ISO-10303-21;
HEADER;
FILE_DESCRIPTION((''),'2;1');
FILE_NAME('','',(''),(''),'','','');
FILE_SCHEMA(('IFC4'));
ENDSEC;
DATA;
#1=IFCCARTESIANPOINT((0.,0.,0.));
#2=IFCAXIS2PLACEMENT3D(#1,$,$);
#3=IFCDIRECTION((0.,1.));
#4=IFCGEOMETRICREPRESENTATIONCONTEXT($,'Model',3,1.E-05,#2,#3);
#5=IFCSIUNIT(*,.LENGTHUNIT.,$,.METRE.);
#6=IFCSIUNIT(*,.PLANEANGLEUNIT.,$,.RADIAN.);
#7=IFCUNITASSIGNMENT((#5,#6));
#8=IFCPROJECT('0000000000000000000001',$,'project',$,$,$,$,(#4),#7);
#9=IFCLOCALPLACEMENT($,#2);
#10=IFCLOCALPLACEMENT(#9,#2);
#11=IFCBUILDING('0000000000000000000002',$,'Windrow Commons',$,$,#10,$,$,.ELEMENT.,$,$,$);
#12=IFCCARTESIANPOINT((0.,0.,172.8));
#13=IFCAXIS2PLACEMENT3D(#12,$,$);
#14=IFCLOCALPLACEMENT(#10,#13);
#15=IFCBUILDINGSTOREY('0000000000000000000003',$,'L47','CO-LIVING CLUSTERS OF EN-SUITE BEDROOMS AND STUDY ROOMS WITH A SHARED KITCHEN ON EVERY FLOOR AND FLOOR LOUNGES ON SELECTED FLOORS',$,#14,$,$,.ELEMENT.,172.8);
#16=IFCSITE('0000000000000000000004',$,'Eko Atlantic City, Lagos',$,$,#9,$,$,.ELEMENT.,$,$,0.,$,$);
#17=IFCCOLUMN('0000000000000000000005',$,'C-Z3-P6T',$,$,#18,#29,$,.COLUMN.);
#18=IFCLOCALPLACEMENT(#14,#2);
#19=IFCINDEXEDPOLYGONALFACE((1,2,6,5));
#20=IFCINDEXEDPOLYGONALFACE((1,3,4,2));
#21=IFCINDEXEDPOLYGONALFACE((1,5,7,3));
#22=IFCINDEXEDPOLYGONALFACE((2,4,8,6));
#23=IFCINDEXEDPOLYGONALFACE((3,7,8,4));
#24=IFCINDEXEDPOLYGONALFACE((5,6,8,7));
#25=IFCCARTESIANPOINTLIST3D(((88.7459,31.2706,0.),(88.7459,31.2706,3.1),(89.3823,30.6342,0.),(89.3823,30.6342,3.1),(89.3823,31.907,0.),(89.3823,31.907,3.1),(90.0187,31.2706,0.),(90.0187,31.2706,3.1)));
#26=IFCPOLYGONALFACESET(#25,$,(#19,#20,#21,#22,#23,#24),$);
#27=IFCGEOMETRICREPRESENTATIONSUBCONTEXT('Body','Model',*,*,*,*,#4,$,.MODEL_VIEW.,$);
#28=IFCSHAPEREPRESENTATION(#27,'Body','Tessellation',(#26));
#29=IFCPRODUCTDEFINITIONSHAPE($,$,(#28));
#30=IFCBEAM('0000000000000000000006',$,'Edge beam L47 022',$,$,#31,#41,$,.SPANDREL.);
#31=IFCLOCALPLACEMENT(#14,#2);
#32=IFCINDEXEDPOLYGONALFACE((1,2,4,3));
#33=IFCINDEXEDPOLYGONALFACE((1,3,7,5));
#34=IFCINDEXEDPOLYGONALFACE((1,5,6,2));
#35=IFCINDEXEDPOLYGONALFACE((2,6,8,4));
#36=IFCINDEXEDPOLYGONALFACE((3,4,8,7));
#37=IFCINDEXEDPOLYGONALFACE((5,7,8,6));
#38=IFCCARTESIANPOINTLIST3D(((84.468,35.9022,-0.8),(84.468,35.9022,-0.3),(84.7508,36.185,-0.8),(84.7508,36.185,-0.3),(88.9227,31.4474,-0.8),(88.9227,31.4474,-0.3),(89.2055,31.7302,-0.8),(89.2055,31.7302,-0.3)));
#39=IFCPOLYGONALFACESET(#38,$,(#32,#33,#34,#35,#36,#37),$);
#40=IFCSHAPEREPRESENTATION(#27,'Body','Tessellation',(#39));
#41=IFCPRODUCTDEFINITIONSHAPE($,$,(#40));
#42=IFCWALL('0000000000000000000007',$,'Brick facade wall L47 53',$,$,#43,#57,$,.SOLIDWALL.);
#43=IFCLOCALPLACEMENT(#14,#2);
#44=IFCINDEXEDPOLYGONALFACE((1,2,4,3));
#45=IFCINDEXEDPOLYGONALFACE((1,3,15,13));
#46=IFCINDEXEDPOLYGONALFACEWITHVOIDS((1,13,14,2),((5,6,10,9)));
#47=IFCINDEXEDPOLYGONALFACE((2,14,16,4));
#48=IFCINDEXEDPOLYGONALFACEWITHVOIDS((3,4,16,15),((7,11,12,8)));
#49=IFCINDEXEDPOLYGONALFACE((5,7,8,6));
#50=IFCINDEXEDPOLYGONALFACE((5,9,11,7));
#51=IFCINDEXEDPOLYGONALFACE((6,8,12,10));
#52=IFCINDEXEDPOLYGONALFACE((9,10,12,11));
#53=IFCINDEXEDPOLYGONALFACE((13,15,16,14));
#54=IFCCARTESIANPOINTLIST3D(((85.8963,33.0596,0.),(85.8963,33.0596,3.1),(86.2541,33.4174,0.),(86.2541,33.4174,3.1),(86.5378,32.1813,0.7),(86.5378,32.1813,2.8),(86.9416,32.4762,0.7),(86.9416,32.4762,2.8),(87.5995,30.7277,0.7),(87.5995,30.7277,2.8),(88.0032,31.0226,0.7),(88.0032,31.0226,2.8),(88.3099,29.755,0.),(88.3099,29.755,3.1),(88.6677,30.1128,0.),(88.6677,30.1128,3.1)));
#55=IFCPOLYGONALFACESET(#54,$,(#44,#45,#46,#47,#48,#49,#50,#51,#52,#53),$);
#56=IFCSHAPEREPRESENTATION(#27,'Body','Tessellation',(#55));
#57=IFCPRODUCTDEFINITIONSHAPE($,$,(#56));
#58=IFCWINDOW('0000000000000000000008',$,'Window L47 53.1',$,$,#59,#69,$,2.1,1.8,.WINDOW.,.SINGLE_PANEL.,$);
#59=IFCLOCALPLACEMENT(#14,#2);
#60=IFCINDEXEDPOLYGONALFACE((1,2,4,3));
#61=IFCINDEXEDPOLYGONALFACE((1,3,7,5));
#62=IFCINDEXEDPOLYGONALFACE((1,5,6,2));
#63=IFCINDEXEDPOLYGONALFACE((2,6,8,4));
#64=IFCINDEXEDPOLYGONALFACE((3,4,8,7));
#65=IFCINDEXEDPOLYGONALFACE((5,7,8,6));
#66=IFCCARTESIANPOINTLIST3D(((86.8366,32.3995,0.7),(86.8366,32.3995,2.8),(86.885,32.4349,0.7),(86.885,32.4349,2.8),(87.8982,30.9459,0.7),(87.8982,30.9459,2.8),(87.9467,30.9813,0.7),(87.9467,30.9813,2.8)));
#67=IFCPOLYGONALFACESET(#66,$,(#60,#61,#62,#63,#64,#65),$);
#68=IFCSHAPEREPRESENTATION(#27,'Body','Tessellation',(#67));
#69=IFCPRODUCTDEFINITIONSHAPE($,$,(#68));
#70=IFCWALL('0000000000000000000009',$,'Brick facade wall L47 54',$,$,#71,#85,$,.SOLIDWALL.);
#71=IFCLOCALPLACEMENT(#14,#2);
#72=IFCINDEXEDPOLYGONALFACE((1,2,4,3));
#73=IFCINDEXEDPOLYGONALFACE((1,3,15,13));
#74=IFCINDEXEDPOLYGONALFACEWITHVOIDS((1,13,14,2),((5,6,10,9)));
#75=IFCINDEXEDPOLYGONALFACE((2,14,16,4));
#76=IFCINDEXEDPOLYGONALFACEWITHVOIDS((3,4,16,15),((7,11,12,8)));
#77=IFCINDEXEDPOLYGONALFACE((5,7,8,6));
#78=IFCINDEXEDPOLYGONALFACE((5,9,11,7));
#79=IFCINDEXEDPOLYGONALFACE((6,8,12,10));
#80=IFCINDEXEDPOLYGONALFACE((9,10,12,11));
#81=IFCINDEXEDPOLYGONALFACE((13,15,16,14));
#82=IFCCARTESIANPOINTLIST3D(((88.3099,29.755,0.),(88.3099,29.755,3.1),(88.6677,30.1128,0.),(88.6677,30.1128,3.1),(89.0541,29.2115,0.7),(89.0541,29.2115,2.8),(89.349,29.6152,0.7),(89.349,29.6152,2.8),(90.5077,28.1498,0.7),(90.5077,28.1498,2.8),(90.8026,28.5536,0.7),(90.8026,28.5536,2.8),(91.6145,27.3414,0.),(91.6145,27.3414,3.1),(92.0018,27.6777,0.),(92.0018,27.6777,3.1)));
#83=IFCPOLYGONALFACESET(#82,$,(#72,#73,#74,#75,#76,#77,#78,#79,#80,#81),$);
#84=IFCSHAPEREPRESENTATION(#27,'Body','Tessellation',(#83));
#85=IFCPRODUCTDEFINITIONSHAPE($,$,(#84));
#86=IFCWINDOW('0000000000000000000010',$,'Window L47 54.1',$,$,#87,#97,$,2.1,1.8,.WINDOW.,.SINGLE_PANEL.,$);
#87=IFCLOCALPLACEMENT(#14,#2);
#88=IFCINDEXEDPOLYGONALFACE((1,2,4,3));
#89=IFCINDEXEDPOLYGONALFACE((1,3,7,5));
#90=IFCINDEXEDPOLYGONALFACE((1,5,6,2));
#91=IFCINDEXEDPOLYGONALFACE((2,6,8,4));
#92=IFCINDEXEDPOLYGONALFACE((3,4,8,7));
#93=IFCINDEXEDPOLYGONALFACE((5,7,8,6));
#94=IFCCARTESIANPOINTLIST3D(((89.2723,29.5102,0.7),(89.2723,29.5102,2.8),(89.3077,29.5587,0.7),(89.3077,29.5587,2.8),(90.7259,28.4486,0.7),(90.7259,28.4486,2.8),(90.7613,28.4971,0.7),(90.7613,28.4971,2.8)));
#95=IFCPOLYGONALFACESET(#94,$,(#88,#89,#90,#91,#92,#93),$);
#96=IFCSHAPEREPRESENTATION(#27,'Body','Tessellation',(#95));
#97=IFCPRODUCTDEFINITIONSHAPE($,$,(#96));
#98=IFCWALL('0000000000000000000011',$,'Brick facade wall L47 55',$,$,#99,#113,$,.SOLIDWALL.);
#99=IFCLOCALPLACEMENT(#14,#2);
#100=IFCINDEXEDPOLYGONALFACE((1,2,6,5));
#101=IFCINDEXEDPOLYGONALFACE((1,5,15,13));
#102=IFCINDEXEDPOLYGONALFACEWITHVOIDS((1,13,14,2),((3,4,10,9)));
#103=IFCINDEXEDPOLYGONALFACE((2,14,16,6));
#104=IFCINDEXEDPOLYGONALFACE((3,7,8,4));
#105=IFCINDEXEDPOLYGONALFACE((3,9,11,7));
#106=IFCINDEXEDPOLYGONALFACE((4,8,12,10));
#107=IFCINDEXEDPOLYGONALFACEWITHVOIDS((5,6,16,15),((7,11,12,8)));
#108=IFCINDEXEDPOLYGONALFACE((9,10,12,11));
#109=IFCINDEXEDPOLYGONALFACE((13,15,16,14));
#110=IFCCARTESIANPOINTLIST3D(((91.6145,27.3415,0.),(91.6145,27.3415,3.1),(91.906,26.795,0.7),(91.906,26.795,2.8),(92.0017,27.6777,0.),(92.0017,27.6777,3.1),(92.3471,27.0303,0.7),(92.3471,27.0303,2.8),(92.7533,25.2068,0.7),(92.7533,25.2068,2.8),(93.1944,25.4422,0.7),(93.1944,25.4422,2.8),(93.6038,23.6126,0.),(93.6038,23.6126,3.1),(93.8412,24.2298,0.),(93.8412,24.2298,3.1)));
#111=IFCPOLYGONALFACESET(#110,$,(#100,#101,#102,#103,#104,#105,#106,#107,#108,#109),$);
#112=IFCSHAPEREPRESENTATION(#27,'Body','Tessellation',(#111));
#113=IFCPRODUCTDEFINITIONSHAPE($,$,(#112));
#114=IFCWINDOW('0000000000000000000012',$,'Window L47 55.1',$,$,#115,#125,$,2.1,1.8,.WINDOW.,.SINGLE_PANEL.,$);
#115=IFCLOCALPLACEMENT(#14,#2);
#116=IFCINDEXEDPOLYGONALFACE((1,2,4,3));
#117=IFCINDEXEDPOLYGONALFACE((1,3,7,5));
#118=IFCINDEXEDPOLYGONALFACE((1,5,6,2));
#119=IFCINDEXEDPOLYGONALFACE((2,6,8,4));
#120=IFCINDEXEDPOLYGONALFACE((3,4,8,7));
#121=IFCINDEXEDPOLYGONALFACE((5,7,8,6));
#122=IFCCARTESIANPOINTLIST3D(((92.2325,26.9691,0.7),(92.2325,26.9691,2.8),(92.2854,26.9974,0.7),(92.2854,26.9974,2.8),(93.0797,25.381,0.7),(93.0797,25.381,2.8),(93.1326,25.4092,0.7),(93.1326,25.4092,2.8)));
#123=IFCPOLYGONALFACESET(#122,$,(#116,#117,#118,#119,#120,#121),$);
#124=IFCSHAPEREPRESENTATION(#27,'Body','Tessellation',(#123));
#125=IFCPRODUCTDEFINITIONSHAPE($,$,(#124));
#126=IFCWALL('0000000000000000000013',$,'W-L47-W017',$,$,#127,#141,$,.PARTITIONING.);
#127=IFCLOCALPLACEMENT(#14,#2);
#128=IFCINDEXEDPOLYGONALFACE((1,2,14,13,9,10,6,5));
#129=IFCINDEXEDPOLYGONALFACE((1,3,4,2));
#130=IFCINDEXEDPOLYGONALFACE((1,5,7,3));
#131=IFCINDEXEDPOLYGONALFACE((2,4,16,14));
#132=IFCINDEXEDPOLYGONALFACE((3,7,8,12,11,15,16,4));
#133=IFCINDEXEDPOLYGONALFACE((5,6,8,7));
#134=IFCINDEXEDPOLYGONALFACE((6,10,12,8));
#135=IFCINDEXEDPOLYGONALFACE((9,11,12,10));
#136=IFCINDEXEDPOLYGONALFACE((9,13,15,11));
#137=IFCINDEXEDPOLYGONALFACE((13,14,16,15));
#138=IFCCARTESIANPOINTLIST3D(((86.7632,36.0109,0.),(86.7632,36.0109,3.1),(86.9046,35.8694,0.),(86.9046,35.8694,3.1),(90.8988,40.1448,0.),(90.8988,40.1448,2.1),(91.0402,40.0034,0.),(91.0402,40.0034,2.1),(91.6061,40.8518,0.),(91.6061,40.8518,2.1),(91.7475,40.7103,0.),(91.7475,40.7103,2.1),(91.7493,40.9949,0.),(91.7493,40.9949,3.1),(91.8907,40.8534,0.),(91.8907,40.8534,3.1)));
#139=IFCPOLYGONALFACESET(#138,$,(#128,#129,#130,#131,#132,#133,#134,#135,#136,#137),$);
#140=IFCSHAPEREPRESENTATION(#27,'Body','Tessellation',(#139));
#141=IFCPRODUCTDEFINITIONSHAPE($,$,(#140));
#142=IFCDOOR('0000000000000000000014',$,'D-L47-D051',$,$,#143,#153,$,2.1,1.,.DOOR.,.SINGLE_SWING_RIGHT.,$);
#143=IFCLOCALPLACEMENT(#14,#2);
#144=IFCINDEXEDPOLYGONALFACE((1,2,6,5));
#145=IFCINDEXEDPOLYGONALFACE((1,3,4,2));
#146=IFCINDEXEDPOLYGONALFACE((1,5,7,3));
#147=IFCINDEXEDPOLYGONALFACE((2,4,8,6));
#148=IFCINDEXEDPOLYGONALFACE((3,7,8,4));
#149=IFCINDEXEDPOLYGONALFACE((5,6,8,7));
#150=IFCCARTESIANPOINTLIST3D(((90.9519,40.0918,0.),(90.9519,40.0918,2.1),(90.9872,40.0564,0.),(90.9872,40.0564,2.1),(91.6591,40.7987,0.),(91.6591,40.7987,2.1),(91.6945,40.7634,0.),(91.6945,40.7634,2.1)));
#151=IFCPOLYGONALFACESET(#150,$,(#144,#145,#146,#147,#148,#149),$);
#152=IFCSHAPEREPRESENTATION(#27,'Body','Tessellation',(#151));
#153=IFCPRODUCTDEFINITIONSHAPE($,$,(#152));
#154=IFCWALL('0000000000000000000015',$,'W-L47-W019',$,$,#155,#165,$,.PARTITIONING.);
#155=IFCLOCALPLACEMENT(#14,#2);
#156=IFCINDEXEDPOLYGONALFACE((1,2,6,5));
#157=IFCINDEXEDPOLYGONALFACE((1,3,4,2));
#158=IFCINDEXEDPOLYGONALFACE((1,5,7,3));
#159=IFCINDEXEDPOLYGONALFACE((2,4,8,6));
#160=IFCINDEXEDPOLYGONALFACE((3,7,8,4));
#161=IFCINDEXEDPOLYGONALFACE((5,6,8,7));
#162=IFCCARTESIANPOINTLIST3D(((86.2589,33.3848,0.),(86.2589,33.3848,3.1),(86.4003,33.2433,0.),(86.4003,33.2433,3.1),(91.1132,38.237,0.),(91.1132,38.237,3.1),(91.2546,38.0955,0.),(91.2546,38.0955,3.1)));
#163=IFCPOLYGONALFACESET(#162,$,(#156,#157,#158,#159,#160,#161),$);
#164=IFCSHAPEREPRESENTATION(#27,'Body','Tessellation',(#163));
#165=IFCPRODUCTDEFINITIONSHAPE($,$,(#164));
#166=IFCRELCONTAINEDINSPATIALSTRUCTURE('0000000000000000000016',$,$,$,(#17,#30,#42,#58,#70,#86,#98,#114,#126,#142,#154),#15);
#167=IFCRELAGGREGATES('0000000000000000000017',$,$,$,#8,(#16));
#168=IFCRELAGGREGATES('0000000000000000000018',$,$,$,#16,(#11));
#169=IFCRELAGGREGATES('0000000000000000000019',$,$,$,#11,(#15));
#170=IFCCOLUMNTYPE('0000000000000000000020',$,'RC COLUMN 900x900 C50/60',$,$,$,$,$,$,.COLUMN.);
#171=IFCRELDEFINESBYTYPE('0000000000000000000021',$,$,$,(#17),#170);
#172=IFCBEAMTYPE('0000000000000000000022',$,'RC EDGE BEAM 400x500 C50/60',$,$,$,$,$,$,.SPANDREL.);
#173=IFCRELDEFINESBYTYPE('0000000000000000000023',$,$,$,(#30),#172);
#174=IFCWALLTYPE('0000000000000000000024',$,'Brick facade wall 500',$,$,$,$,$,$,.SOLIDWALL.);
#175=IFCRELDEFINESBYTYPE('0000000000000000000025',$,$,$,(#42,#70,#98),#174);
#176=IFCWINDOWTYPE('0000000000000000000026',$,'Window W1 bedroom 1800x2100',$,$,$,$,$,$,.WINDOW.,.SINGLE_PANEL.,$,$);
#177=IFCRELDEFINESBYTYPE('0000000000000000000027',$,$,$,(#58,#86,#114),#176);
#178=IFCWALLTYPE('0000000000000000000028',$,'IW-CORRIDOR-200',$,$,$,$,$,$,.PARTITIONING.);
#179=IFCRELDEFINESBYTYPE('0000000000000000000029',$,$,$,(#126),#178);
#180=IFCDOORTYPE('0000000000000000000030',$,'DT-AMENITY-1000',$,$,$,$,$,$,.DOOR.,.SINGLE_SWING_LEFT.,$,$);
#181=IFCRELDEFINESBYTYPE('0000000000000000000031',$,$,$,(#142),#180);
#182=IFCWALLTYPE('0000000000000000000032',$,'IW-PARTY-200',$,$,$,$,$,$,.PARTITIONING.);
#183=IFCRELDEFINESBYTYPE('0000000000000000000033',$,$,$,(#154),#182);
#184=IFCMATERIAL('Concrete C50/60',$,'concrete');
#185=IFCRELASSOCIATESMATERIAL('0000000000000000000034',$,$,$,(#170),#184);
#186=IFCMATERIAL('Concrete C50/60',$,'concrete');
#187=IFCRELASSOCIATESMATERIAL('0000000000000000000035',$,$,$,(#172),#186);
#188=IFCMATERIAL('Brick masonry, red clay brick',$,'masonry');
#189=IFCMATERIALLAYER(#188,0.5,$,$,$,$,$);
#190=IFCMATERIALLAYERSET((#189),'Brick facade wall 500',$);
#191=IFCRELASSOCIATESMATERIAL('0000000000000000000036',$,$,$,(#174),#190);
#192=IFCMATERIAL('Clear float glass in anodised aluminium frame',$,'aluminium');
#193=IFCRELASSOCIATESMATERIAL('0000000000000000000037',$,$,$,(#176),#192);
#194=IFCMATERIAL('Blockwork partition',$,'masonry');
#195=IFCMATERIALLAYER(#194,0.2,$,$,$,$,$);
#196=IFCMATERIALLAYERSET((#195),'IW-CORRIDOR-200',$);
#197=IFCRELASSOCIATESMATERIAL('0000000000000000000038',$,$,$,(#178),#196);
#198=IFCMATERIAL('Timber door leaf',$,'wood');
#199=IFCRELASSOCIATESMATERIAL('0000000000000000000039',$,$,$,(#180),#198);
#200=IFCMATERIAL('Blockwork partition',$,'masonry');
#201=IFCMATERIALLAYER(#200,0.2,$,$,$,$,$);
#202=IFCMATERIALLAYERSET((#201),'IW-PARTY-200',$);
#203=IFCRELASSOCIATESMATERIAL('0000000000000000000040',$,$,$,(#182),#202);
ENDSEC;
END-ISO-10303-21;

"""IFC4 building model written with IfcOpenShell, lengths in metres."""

from ifc_helpers import new_model, si_unit, direction, frame, frame_2d, origin, origin_2d, place, context, subcontext, project, spatial, polyline, rectangle, outline, extrude, material, layer, layer_set, material_profile, profile_set, type_object, element, fill, save


model = new_model("IFC4")

# Units and contexts
model_context = context("Model", 3, precision=1e-05, world=origin(), true_north=direction((0.0, 1.0)))
body_context = subcontext(model_context, "Body", "Model", "MODEL_VIEW")
ifc_project = project(units=[si_unit("LENGTHUNIT", "METRE"), si_unit("PLANEANGLEUNIT", "RADIAN")], contexts=[model_context])

# Site, building, storey
site_placement = place(None, origin())
site = spatial("IfcSite", under=ifc_project, at=site_placement, Name="Eko Atlantic City, Lagos", CompositionType="ELEMENT", RefElevation=0.0)
building_placement = place(site_placement, origin())
building = spatial("IfcBuilding", under=site, at=building_placement, Name="Windrow Commons", CompositionType="ELEMENT")
storey_placement = place(building_placement, frame((0.0, 0.0, 172.8)))
storey = spatial("IfcBuildingStorey", under=building, at=storey_placement, Name="L47", Description="CO-LIVING CLUSTERS OF EN-SUITE BEDROOMS AND STUDY ROOMS WITH A SHARED KITCHEN ON EVERY FLOOR AND FLOOR LOUNGES ON SELECTED FLOORS", CompositionType="ELEMENT", Elevation=172.8)

# Column
ifc_material_1 = material(Name="Concrete C50/60", Category="concrete")
ifc_material_profile_1 = material_profile(ifc_material_1, rectangle(XDim=0.9, YDim=0.9, at=origin_2d()))
ifc_profile_set_1 = profile_set([ifc_material_profile_1], Name="Concrete C50/60")
column_type = type_object("IfcColumnType", Name="RC COLUMN 900x900 C50/60", PredefinedType="COLUMN", material=ifc_profile_set_1)
column_placement = place(storey_placement, frame((89.3823, 31.2706, 0.0), z_axis=(0.0, 0.0, 1.0), x_axis=(0.707107, -0.707107, 0.0)))
element("IfcColumn", 1, at=column_placement, inside=storey, type_object=column_type, Name="C-Z3-P6T", PredefinedType="COLUMN", context=body_context, shape_type="SweptSolid", body=[
    extrude(rectangle(XDim=0.9, YDim=0.9, at=origin_2d()), origin(), (0.0, 0.0, 1.0), 3.1),
])

# Beam
ifc_material_2 = material(Name="Concrete C50/60", Category="concrete")
ifc_material_profile_2 = material_profile(ifc_material_2, rectangle(XDim=0.4, YDim=0.5, at=origin_2d()))
ifc_profile_set_2 = profile_set([ifc_material_profile_2], Name="Concrete C50/60")
beam_type = type_object("IfcBeamType", Name="RC EDGE BEAM 400x500 C50/60", PredefinedType="SPANDREL", material=ifc_profile_set_2)
beam_placement = place(storey_placement, frame((89.0641, 31.5888, -0.55), z_axis=(-0.707099, 0.707115, 0.0), x_axis=(-0.707115, -0.707099, 0.0)))
element("IfcBeam", 2, at=beam_placement, inside=storey, type_object=beam_type, Name="Edge beam L47 022", PredefinedType="SPANDREL", context=body_context, shape_type="SweptSolid", body=[
    extrude(rectangle(XDim=0.4, YDim=0.5, at=origin_2d()), origin(), (0.0, 0.0, 1.0), 6.3),
])

# Walls, openings, windows
ifc_material_3 = material(Name="Brick masonry, red clay brick", Category="masonry")
ifc_layer_1 = layer(ifc_material_3, 0.5)
ifc_layer_set_1 = layer_set([ifc_layer_1], Name="Brick facade wall 500")
wall_type_1 = type_object("IfcWallType", Name="Brick facade wall 500", PredefinedType="SOLIDWALL", material=ifc_layer_set_1)
wall_1_placement = place(storey_placement, frame((86.0752, 33.2385, 0.0), z_axis=(0.0, 0.0, 1.0), x_axis=(0.589809, -0.807542, 0.0)))
wall_1 = element("IfcWall", 3, at=wall_1_placement, inside=storey, type_object=wall_type_1, Name="Brick facade wall L47 53", PredefinedType="SOLIDWALL", context=body_context, shape_type="SweptSolid", body=[
    extrude(outline(polyline([(0.039, -0.25), (4.1311, -0.25), (4.0532, 0.25), (-0.039, 0.25), (0.039, -0.25)])), origin(), (0.0, 0.0, 1.0), 3.1),
])
opening_1_placement = place(wall_1_placement, frame((1.1266, 0.0, 0.7)))
opening_1 = element("IfcOpeningElement", 4, at=opening_1_placement, cuts=wall_1, PredefinedType="OPENING", context=body_context, shape_type="SweptSolid", body=[
    extrude(rectangle(XDim=1.8, YDim=2.1, at=frame_2d((0.9, 1.05))), frame((0.0, 0.26, 0.0), z_axis=(0.0, -1.0, 0.0), x_axis=(1.0, 0.0, 0.0)), (0.0, 0.0, 1.0), 0.52),
])
ifc_material_4 = material(Name="Clear float glass in anodised aluminium frame", Category="aluminium")
window_type = type_object("IfcWindowType", Name="Window W1 bedroom 1800x2100", PartitioningType="SINGLE_PANEL", PredefinedType="WINDOW", material=ifc_material_4)
window_1_placement = place(opening_1_placement, origin())
window_1 = element("IfcWindow", 5, at=window_1_placement, inside=storey, type_object=window_type, Name="Window L47 53.1", OverallHeight=2.1, OverallWidth=1.8, PartitioningType="SINGLE_PANEL", PredefinedType="WINDOW", context=body_context, shape_type="SweptSolid", body=[
    extrude(rectangle(XDim=1.8, YDim=2.1, at=frame_2d((0.9, 1.05))), frame((0.0, 0.18, 0.0), z_axis=(0.0, -1.0, 0.0), x_axis=(1.0, 0.0, 0.0)), (0.0, 0.0, 1.0), 0.06),
])
fill(opening_1, window_1)
wall_2_placement = place(storey_placement, frame((88.4888, 29.9339, 0.0), z_axis=(0.0, 0.0, 1.0), x_axis=(0.807547, -0.589804, 0.0)))
wall_2 = element("IfcWall", 6, at=wall_2_placement, inside=storey, type_object=wall_type_1, Name="Brick facade wall L47 54", PredefinedType="SOLIDWALL", context=body_context, shape_type="SweptSolid", body=[
    extrude(outline(polyline([(-0.039, -0.25), (4.0532, -0.25), (4.1676, 0.25), (0.039, 0.25), (-0.039, -0.25)])), origin(), (0.0, 0.0, 1.0), 3.1),
])
opening_2_placement = place(wall_2_placement, frame((0.8826, 0.0, 0.7)))
opening_2 = element("IfcOpeningElement", 7, at=opening_2_placement, cuts=wall_2, PredefinedType="OPENING", context=body_context, shape_type="SweptSolid", body=[
    extrude(rectangle(XDim=1.8, YDim=2.1, at=frame_2d((0.9, 1.05))), frame((0.0, 0.26, 0.0), z_axis=(0.0, -1.0, 0.0), x_axis=(1.0, 0.0, 0.0)), (0.0, 0.0, 1.0), 0.52),
])
window_2_placement = place(opening_2_placement, origin())
window_2 = element("IfcWindow", 8, at=window_2_placement, inside=storey, type_object=window_type, Name="Window L47 54.1", OverallHeight=2.1, OverallWidth=1.8, PartitioningType="SINGLE_PANEL", PredefinedType="WINDOW", context=body_context, shape_type="SweptSolid", body=[
    extrude(rectangle(XDim=1.8, YDim=2.1, at=frame_2d((0.9, 1.05))), frame((0.0, 0.18, 0.0), z_axis=(0.0, -1.0, 0.0), x_axis=(1.0, 0.0, 0.0)), (0.0, 0.0, 1.0), 0.06),
])
fill(opening_2, window_2)
wall_3_placement = place(storey_placement, frame((91.8081, 27.5096, 0.0), z_axis=(0.0, 0.0, 1.0), x_axis=(0.470701, -0.882293, 0.0)))
wall_3 = element("IfcWall", 9, at=wall_3_placement, inside=storey, type_object=wall_type_1, Name="Brick facade wall L47 55", PredefinedType="SOLIDWALL", context=body_context, shape_type="SweptSolid", body=[
    extrude(outline(polyline([(0.0572, -0.25), (4.2835, -0.25), (3.8507, 0.25), (-0.0572, 0.25), (0.0572, -0.25)])), origin(), (0.0, 0.0, 1.0), 3.1),
])
opening_3_placement = place(wall_3_placement, frame((0.6766, 0.0, 0.7)))
opening_3 = element("IfcOpeningElement", 10, at=opening_3_placement, cuts=wall_3, PredefinedType="OPENING", context=body_context, shape_type="SweptSolid", body=[
    extrude(rectangle(XDim=1.8, YDim=2.1, at=frame_2d((0.9, 1.05))), frame((0.0, 0.26, 0.0), z_axis=(0.0, -1.0, 0.0), x_axis=(1.0, 0.0, 0.0)), (0.0, 0.0, 1.0), 0.52),
])
window_3_placement = place(opening_3_placement, origin())
window_3 = element("IfcWindow", 11, at=window_3_placement, inside=storey, type_object=window_type, Name="Window L47 55.1", OverallHeight=2.1, OverallWidth=1.8, PartitioningType="SINGLE_PANEL", PredefinedType="WINDOW", context=body_context, shape_type="SweptSolid", body=[
    extrude(rectangle(XDim=1.8, YDim=2.1, at=frame_2d((0.9, 1.05))), frame((0.0, 0.18, 0.0), z_axis=(0.0, -1.0, 0.0), x_axis=(1.0, 0.0, 0.0)), (0.0, 0.0, 1.0), 0.06),
])
fill(opening_3, window_3)

# Wall, opening, door
ifc_material_5 = material(Name="Blockwork partition", Category="masonry")
ifc_layer_2 = layer(ifc_material_5, 0.2)
ifc_layer_set_2 = layer_set([ifc_layer_2], Name="IW-CORRIDOR-200")
wall_type_2 = type_object("IfcWallType", Name="IW-CORRIDOR-200", PredefinedType="PARTITIONING", material=ifc_layer_set_2)
wall_4_placement = place(storey_placement, frame((86.8339, 35.9401, 0.0), z_axis=(0.0, 0.0, 1.0), x_axis=(0.707249, 0.706965, 0.0)))
wall_4 = element("IfcWall", 12, at=wall_4_placement, inside=storey, type_object=wall_type_2, Name="W-L47-W017", PredefinedType="PARTITIONING", context=body_context, shape_type="SweptSolid", body=[
    extrude(rectangle(XDim=7.0499, YDim=0.2, at=frame_2d((3.525, 0.0))), origin(), (0.0, 0.0, 1.0), 3.1),
])
opening_4_placement = place(wall_4_placement, frame((5.8475, 0.0, 0.0)))
opening_4 = element("IfcOpeningElement", 13, at=opening_4_placement, cuts=wall_4, PredefinedType="OPENING", context=body_context, shape_type="SweptSolid", body=[
    extrude(rectangle(XDim=1.0, YDim=2.1, at=frame_2d((0.5, 1.05))), frame((0.0, 0.11, 0.0), z_axis=(0.0, -1.0, 0.0), x_axis=(1.0, 0.0, 0.0)), (0.0, 0.0, 1.0), 0.22),
])
ifc_material_6 = material(Name="Timber door leaf", Category="wood")
door_type = type_object("IfcDoorType", Name="DT-AMENITY-1000", OperationType="SINGLE_SWING_LEFT", PredefinedType="DOOR", material=ifc_material_6)
door_placement = place(opening_4_placement, origin())
door = element("IfcDoor", 14, at=door_placement, inside=storey, type_object=door_type, Name="D-L47-D051", OperationType="SINGLE_SWING_RIGHT", OverallHeight=2.1, OverallWidth=1.0, PredefinedType="DOOR", context=body_context, shape_type="SweptSolid", body=[
    extrude(rectangle(XDim=1.0, YDim=2.1, at=frame_2d((0.5, 1.05))), frame((0.0, 0.025, 0.0), z_axis=(0.0, -1.0, 0.0), x_axis=(1.0, 0.0, 0.0)), (0.0, 0.0, 1.0), 0.05),
])
fill(opening_4, door)

# Wall
ifc_material_7 = material(Name="Blockwork partition", Category="masonry")
ifc_layer_3 = layer(ifc_material_7, 0.2)
ifc_layer_set_3 = layer_set([ifc_layer_3], Name="IW-PARTY-200")
wall_type_3 = type_object("IfcWallType", Name="IW-PARTY-200", PredefinedType="PARTITIONING", material=ifc_layer_set_3)
wall_5_placement = place(storey_placement, frame((86.3296, 33.314, 0.0), z_axis=(0.0, 0.0, 1.0), x_axis=(0.707252, 0.706961, 0.0)))
element("IfcWall", 15, at=wall_5_placement, inside=storey, type_object=wall_type_3, Name="W-L47-W019", PredefinedType="PARTITIONING", context=body_context, shape_type="SweptSolid", body=[
    extrude(rectangle(XDim=6.8635, YDim=0.2, at=frame_2d((3.4318, 0.0))), origin(), (0.0, 0.0, 1.0), 3.1),
])

save(model, "model.ifc")
